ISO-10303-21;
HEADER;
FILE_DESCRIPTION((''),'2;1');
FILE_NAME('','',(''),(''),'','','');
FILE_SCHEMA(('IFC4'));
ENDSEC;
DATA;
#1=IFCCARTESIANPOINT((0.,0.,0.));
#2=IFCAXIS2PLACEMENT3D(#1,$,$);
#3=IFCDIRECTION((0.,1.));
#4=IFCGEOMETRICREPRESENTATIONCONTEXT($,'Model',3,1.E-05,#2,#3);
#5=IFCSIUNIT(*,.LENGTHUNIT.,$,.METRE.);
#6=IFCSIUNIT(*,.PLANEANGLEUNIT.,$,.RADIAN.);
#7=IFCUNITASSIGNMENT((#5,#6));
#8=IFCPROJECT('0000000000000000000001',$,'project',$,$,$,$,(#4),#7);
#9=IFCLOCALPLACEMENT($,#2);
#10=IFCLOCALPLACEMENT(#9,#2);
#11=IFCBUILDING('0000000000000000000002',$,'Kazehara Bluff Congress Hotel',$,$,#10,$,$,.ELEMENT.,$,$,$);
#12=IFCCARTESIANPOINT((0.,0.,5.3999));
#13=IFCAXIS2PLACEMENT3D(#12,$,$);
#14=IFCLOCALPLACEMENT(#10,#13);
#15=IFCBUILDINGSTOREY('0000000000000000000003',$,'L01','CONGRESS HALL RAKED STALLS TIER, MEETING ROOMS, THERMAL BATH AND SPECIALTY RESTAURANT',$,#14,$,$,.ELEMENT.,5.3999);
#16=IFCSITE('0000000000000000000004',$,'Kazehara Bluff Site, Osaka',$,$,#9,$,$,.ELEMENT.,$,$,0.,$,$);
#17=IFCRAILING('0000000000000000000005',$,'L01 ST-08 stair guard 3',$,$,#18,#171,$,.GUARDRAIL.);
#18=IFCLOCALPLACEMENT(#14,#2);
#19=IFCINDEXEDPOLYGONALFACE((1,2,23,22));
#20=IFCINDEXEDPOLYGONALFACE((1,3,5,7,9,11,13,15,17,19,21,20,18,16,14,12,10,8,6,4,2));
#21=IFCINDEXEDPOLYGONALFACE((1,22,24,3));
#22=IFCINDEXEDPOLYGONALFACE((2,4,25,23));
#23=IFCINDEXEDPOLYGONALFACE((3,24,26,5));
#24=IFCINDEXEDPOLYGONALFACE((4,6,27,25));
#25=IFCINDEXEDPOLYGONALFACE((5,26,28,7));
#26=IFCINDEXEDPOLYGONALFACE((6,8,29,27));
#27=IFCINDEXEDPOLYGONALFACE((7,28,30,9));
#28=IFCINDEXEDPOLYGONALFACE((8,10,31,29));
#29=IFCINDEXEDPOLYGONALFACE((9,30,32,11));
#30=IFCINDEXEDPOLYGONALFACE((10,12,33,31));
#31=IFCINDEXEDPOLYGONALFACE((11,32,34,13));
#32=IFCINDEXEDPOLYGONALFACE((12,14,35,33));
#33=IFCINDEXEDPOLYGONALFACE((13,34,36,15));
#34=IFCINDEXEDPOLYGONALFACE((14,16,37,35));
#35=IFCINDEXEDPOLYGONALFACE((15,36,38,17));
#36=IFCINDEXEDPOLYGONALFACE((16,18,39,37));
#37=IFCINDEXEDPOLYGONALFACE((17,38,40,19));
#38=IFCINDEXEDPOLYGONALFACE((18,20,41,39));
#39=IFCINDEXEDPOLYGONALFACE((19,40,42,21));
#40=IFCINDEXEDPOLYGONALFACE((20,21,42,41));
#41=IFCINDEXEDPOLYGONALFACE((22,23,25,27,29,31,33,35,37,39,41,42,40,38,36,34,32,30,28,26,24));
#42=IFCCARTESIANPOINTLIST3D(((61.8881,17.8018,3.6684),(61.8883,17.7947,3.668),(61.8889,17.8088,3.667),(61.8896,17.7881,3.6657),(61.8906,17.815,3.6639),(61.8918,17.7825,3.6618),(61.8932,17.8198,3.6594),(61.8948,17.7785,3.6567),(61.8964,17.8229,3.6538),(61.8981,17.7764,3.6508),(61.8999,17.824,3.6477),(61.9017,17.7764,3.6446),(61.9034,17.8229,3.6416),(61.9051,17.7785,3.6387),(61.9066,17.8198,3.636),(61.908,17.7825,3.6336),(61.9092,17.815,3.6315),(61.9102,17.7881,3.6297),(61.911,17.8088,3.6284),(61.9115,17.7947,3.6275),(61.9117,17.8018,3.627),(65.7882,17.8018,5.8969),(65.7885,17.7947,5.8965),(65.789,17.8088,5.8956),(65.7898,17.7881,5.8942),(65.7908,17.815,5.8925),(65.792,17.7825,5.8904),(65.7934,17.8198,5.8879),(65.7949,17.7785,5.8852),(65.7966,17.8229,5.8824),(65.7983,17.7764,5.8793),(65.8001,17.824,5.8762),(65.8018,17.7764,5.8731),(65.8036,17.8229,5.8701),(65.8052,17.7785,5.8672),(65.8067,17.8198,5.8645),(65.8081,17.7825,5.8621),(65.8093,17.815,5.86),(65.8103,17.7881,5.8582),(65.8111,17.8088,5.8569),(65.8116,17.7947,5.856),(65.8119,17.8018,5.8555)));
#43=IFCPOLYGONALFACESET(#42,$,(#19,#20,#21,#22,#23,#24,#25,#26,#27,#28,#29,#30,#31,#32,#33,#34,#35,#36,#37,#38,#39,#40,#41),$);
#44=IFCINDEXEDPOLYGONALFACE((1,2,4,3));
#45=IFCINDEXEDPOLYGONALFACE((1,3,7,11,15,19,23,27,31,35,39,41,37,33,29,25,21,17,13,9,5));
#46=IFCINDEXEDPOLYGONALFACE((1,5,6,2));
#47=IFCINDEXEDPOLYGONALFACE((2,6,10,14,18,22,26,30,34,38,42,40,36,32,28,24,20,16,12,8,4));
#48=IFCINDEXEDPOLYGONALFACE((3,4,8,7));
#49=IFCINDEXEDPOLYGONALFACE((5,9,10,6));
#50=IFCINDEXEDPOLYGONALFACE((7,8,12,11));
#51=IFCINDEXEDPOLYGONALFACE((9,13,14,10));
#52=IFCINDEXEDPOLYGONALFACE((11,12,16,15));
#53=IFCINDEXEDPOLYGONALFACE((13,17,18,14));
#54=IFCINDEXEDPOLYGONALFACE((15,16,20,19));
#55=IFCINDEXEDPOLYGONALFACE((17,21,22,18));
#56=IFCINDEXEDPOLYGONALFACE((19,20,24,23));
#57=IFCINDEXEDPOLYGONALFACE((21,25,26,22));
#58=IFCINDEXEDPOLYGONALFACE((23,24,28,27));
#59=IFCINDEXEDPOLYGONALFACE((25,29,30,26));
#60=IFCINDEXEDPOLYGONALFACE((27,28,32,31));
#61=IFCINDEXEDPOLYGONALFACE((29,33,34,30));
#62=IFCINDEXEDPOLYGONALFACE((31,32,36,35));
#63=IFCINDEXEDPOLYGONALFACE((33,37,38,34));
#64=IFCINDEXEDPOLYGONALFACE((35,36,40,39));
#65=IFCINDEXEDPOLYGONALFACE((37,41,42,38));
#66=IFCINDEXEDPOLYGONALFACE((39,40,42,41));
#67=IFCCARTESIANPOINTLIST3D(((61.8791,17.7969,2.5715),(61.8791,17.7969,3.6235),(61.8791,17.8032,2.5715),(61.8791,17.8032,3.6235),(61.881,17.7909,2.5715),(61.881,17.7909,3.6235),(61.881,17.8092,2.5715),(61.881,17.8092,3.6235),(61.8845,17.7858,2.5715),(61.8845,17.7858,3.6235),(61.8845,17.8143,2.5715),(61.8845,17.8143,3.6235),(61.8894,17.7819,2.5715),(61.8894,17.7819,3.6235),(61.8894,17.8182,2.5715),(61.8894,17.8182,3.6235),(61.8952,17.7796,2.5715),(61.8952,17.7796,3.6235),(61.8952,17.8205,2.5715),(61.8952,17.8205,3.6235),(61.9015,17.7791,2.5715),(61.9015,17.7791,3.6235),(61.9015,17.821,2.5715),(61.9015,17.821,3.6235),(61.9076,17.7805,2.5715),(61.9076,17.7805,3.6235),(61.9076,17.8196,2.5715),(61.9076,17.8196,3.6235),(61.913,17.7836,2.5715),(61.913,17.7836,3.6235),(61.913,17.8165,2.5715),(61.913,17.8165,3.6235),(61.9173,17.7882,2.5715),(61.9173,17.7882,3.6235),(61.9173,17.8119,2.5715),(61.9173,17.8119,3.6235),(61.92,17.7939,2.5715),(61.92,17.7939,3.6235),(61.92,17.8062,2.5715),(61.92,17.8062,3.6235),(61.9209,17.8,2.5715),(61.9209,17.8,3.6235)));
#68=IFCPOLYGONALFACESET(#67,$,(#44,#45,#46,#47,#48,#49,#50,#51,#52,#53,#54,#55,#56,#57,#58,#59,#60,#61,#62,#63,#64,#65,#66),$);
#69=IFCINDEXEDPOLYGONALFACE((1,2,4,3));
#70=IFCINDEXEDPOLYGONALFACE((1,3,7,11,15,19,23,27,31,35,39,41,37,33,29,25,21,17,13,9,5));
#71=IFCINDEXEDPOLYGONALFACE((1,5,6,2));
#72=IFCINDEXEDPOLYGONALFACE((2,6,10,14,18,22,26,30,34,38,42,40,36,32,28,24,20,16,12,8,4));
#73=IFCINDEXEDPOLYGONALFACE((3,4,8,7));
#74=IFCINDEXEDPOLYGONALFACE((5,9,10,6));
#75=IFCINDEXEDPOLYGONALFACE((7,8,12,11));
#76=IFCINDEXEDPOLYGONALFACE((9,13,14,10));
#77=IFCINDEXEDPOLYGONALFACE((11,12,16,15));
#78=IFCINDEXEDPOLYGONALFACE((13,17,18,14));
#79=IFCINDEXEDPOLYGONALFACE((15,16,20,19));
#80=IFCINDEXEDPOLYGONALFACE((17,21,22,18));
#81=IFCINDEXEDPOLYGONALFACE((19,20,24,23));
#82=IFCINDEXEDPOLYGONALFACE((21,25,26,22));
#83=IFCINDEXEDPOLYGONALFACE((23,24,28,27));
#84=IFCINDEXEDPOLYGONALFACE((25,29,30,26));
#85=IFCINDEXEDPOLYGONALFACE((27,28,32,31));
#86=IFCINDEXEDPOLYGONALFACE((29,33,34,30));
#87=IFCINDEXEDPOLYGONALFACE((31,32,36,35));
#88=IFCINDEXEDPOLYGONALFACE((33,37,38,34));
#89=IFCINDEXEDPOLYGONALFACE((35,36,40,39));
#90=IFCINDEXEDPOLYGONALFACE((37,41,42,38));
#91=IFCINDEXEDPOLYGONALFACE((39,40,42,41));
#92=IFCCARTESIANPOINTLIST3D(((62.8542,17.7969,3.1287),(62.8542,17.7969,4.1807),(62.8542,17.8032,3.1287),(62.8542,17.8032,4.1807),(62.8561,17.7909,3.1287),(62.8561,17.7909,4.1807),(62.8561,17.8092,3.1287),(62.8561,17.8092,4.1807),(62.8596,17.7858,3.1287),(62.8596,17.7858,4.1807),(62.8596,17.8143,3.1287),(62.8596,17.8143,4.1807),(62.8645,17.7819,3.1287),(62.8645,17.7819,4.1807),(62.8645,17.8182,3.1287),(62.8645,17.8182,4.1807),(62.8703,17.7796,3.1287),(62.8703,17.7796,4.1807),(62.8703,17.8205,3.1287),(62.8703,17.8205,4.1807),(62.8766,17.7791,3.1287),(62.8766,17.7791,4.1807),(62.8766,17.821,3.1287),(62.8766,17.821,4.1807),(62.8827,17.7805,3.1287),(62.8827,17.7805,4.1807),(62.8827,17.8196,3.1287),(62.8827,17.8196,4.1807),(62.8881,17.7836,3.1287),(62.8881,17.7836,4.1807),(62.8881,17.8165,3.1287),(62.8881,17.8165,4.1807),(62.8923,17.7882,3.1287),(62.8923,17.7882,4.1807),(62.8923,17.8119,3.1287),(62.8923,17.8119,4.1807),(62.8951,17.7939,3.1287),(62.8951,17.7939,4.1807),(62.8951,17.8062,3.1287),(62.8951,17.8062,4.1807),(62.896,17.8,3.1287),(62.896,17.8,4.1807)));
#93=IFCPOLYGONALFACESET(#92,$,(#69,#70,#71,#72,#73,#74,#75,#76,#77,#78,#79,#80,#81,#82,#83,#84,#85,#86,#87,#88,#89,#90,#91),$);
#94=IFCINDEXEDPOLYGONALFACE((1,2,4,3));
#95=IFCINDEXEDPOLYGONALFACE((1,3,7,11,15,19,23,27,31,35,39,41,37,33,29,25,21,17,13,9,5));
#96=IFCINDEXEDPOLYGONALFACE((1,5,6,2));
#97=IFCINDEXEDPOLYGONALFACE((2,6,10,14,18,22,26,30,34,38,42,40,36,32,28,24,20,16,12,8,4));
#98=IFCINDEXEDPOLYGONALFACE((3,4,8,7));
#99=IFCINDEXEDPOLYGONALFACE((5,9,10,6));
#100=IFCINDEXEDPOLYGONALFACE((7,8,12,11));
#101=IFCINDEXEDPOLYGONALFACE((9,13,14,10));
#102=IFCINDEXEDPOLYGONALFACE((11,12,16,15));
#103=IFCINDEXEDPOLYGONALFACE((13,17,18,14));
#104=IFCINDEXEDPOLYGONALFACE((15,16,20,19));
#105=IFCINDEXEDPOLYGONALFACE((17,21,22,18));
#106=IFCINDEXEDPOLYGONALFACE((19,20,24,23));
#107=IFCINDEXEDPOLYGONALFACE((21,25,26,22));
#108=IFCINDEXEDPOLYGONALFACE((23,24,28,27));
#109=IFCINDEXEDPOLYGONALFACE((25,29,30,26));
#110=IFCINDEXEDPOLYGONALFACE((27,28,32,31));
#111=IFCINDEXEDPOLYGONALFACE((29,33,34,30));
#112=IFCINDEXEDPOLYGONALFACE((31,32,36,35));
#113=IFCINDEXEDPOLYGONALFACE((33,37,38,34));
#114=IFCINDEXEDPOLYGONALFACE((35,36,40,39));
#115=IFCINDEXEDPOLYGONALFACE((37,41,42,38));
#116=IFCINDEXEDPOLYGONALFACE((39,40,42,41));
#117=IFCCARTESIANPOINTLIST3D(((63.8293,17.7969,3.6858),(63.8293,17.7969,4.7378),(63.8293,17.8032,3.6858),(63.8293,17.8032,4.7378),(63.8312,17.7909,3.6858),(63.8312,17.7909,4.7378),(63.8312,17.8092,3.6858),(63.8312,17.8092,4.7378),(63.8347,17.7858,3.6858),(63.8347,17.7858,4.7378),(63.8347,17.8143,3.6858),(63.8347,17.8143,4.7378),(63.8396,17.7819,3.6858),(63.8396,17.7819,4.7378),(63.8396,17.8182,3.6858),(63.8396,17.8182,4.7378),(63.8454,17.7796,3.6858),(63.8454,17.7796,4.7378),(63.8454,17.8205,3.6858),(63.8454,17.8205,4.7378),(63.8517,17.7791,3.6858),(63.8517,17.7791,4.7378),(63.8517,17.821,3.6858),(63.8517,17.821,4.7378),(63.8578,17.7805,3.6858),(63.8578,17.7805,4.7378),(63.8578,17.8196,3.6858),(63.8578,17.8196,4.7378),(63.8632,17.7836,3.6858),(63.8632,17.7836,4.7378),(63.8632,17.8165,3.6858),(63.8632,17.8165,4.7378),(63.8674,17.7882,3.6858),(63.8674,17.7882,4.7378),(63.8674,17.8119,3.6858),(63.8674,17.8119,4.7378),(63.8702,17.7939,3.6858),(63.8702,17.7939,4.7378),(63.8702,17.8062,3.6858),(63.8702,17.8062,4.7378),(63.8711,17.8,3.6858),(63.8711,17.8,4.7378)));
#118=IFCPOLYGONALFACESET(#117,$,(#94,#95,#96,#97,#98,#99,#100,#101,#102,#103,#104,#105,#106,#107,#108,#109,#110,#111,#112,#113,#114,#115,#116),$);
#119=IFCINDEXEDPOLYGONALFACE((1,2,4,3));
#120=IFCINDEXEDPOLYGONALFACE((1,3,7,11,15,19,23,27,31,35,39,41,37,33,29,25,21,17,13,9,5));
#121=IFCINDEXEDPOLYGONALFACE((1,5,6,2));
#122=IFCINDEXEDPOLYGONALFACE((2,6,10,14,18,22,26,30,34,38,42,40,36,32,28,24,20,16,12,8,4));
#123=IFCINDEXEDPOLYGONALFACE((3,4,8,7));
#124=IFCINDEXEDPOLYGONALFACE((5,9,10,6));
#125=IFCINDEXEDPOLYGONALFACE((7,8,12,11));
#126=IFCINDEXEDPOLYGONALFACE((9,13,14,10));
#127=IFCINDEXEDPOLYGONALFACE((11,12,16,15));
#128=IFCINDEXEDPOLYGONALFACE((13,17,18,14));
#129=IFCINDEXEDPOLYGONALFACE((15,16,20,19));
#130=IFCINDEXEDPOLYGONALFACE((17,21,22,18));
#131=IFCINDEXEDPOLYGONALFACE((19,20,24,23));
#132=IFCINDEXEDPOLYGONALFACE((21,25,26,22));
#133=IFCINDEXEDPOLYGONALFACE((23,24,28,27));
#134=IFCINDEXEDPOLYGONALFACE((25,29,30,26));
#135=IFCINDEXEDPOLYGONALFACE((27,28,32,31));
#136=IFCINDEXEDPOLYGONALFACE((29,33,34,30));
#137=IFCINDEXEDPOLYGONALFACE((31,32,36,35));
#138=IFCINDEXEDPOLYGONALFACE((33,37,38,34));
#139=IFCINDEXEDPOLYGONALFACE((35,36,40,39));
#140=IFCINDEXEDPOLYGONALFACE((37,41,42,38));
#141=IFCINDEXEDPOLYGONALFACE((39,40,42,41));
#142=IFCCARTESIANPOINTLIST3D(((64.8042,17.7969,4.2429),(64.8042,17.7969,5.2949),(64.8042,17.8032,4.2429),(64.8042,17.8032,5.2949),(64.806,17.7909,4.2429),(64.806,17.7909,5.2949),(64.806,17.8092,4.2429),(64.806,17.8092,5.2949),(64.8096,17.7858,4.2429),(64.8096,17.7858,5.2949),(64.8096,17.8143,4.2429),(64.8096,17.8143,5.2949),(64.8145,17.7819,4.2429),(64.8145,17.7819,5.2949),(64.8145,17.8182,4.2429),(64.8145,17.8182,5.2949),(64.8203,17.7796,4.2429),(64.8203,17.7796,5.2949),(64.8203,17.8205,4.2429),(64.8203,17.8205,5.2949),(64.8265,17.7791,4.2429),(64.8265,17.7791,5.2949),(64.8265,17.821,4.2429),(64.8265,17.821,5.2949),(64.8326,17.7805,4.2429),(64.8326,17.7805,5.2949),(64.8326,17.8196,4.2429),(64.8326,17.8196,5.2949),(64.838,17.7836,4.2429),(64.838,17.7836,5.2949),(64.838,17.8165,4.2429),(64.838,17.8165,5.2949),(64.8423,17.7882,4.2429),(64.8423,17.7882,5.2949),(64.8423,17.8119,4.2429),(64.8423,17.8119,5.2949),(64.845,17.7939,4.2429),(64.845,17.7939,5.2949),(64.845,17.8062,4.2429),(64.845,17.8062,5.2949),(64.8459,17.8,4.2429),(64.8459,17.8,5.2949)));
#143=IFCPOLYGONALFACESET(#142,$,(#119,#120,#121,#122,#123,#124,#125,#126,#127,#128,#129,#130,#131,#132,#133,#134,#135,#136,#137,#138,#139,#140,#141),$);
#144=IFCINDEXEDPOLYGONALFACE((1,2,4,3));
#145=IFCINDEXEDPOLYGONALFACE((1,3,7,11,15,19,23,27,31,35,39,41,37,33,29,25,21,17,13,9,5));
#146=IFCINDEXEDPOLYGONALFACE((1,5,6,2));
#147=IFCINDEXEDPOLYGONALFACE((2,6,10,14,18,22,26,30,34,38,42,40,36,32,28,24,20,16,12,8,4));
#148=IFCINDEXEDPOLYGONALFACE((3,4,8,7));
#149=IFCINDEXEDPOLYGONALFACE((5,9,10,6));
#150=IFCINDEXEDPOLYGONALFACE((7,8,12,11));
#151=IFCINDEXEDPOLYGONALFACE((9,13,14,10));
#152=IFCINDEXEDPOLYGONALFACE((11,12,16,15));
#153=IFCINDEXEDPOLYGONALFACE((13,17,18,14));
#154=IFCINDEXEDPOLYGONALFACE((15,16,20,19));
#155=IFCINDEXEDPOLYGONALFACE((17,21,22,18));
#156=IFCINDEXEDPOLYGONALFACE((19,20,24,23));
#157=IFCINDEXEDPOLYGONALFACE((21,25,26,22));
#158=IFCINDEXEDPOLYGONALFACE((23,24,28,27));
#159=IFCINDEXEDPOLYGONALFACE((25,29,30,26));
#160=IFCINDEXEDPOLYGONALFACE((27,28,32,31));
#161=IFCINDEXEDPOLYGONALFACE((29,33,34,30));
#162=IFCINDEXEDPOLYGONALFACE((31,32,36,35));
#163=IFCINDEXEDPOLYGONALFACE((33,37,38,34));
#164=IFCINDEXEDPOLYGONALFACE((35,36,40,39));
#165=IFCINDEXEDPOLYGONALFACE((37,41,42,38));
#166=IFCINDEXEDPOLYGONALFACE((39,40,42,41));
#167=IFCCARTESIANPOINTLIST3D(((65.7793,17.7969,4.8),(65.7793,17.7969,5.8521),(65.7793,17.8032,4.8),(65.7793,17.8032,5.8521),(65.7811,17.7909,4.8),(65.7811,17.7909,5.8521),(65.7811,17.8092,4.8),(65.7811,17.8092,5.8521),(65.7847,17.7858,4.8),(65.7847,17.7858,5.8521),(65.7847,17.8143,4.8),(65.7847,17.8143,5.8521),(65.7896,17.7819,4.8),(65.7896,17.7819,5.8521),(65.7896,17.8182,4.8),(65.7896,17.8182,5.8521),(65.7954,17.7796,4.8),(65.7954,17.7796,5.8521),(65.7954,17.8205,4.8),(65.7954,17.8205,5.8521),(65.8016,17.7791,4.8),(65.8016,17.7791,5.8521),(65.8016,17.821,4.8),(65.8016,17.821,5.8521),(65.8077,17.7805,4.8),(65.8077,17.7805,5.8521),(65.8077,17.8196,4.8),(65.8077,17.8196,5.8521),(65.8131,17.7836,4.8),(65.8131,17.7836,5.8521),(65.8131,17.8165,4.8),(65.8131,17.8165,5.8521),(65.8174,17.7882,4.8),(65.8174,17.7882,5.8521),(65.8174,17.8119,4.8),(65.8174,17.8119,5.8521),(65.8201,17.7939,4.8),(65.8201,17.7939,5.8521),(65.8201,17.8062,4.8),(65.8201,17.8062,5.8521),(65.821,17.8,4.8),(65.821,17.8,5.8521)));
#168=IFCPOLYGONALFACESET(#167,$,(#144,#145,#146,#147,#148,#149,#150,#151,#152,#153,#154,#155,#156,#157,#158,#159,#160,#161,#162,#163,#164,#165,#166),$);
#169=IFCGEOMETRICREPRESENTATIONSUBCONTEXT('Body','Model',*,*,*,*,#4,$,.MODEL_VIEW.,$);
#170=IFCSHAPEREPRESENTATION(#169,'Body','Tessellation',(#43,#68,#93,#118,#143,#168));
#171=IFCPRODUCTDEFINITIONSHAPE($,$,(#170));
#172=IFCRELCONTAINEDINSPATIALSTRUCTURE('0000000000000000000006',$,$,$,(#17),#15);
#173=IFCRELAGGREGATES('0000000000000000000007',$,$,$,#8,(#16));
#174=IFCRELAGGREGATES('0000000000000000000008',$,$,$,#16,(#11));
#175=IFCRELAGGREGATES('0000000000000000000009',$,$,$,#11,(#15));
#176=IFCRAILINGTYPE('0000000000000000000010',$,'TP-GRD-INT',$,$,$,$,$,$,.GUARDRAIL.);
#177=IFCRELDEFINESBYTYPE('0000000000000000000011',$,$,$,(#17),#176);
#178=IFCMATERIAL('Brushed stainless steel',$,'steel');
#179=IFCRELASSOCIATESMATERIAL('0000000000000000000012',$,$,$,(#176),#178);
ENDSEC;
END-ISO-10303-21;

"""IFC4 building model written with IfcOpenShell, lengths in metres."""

from ifc_helpers import new_model, si_unit, direction, frame, origin, origin_2d, place, context, subcontext, project, spatial, circle, extrude, material, type_object, element, save


model = new_model("IFC4")

# Units and contexts
model_context = context("Model", 3, precision=1e-05, world=origin(), true_north=direction((0.0, 1.0)))
body_context = subcontext(model_context, "Body", "Model", "MODEL_VIEW")
ifc_project = project(units=[si_unit("LENGTHUNIT", "METRE"), si_unit("PLANEANGLEUNIT", "RADIAN")], contexts=[model_context])

# Site, building, storey
site_placement = place(None, origin())
site = spatial("IfcSite", under=ifc_project, at=site_placement, Name="Kazehara Bluff Site, Osaka", CompositionType="ELEMENT", RefElevation=0.0)
building_placement = place(site_placement, origin())
building = spatial("IfcBuilding", under=site, at=building_placement, Name="Kazehara Bluff Congress Hotel", CompositionType="ELEMENT")
storey_placement = place(building_placement, frame((0.0, 0.0, 5.3999)))
storey = spatial("IfcBuildingStorey", under=building, at=storey_placement, Name="L01", Description="CONGRESS HALL RAKED STALLS TIER, MEETING ROOMS, THERMAL BATH AND SPECIALTY RESTAURANT", CompositionType="ELEMENT", Elevation=5.3999)

# Railing
ifc_material_1 = material(Name="Brushed stainless steel", Category="steel")
railing_type_1 = type_object("IfcRailingType", Name="TP-GRD-INT", PredefinedType="GUARDRAIL", material=ifc_material_1)
railing_1_placement = place(storey_placement, frame((61.8999, 17.8, 2.5715)))
element("IfcRailing", 1, at=railing_1_placement, inside=storey, type_object=railing_type_1, Name="L01 ST-08 stair guard 3", PredefinedType="GUARDRAIL", context=body_context, shape_type="SweptSolid", body=[
    extrude(circle(Radius=0.0239, at=origin_2d()), frame((0.0, 0.0, 1.0762), z_axis=(0.868257, 0.0, 0.496116), x_axis=(0.0, 1.0, 0.0)), (0.0, 0.0, 1.0), 4.4919),
    extrude(circle(Radius=0.021, at=origin_2d()), origin(), (0.0, 0.0, 1.0), 1.052),
    extrude(circle(Radius=0.021, at=origin_2d()), frame((0.9751, 0.0, 0.5571)), (0.0, 0.0, 1.0), 1.052),
    extrude(circle(Radius=0.021, at=origin_2d()), frame((1.9502, 0.0, 1.1143)), (0.0, 0.0, 1.0), 1.052),
    extrude(circle(Radius=0.021, at=origin_2d()), frame((2.925, 0.0, 1.6714)), (0.0, 0.0, 1.0), 1.052),
    extrude(circle(Radius=0.021, at=origin_2d()), frame((3.9001, 0.0, 2.2285)), (0.0, 0.0, 1.0), 1.052),
])

save(model, "model.ifc")
